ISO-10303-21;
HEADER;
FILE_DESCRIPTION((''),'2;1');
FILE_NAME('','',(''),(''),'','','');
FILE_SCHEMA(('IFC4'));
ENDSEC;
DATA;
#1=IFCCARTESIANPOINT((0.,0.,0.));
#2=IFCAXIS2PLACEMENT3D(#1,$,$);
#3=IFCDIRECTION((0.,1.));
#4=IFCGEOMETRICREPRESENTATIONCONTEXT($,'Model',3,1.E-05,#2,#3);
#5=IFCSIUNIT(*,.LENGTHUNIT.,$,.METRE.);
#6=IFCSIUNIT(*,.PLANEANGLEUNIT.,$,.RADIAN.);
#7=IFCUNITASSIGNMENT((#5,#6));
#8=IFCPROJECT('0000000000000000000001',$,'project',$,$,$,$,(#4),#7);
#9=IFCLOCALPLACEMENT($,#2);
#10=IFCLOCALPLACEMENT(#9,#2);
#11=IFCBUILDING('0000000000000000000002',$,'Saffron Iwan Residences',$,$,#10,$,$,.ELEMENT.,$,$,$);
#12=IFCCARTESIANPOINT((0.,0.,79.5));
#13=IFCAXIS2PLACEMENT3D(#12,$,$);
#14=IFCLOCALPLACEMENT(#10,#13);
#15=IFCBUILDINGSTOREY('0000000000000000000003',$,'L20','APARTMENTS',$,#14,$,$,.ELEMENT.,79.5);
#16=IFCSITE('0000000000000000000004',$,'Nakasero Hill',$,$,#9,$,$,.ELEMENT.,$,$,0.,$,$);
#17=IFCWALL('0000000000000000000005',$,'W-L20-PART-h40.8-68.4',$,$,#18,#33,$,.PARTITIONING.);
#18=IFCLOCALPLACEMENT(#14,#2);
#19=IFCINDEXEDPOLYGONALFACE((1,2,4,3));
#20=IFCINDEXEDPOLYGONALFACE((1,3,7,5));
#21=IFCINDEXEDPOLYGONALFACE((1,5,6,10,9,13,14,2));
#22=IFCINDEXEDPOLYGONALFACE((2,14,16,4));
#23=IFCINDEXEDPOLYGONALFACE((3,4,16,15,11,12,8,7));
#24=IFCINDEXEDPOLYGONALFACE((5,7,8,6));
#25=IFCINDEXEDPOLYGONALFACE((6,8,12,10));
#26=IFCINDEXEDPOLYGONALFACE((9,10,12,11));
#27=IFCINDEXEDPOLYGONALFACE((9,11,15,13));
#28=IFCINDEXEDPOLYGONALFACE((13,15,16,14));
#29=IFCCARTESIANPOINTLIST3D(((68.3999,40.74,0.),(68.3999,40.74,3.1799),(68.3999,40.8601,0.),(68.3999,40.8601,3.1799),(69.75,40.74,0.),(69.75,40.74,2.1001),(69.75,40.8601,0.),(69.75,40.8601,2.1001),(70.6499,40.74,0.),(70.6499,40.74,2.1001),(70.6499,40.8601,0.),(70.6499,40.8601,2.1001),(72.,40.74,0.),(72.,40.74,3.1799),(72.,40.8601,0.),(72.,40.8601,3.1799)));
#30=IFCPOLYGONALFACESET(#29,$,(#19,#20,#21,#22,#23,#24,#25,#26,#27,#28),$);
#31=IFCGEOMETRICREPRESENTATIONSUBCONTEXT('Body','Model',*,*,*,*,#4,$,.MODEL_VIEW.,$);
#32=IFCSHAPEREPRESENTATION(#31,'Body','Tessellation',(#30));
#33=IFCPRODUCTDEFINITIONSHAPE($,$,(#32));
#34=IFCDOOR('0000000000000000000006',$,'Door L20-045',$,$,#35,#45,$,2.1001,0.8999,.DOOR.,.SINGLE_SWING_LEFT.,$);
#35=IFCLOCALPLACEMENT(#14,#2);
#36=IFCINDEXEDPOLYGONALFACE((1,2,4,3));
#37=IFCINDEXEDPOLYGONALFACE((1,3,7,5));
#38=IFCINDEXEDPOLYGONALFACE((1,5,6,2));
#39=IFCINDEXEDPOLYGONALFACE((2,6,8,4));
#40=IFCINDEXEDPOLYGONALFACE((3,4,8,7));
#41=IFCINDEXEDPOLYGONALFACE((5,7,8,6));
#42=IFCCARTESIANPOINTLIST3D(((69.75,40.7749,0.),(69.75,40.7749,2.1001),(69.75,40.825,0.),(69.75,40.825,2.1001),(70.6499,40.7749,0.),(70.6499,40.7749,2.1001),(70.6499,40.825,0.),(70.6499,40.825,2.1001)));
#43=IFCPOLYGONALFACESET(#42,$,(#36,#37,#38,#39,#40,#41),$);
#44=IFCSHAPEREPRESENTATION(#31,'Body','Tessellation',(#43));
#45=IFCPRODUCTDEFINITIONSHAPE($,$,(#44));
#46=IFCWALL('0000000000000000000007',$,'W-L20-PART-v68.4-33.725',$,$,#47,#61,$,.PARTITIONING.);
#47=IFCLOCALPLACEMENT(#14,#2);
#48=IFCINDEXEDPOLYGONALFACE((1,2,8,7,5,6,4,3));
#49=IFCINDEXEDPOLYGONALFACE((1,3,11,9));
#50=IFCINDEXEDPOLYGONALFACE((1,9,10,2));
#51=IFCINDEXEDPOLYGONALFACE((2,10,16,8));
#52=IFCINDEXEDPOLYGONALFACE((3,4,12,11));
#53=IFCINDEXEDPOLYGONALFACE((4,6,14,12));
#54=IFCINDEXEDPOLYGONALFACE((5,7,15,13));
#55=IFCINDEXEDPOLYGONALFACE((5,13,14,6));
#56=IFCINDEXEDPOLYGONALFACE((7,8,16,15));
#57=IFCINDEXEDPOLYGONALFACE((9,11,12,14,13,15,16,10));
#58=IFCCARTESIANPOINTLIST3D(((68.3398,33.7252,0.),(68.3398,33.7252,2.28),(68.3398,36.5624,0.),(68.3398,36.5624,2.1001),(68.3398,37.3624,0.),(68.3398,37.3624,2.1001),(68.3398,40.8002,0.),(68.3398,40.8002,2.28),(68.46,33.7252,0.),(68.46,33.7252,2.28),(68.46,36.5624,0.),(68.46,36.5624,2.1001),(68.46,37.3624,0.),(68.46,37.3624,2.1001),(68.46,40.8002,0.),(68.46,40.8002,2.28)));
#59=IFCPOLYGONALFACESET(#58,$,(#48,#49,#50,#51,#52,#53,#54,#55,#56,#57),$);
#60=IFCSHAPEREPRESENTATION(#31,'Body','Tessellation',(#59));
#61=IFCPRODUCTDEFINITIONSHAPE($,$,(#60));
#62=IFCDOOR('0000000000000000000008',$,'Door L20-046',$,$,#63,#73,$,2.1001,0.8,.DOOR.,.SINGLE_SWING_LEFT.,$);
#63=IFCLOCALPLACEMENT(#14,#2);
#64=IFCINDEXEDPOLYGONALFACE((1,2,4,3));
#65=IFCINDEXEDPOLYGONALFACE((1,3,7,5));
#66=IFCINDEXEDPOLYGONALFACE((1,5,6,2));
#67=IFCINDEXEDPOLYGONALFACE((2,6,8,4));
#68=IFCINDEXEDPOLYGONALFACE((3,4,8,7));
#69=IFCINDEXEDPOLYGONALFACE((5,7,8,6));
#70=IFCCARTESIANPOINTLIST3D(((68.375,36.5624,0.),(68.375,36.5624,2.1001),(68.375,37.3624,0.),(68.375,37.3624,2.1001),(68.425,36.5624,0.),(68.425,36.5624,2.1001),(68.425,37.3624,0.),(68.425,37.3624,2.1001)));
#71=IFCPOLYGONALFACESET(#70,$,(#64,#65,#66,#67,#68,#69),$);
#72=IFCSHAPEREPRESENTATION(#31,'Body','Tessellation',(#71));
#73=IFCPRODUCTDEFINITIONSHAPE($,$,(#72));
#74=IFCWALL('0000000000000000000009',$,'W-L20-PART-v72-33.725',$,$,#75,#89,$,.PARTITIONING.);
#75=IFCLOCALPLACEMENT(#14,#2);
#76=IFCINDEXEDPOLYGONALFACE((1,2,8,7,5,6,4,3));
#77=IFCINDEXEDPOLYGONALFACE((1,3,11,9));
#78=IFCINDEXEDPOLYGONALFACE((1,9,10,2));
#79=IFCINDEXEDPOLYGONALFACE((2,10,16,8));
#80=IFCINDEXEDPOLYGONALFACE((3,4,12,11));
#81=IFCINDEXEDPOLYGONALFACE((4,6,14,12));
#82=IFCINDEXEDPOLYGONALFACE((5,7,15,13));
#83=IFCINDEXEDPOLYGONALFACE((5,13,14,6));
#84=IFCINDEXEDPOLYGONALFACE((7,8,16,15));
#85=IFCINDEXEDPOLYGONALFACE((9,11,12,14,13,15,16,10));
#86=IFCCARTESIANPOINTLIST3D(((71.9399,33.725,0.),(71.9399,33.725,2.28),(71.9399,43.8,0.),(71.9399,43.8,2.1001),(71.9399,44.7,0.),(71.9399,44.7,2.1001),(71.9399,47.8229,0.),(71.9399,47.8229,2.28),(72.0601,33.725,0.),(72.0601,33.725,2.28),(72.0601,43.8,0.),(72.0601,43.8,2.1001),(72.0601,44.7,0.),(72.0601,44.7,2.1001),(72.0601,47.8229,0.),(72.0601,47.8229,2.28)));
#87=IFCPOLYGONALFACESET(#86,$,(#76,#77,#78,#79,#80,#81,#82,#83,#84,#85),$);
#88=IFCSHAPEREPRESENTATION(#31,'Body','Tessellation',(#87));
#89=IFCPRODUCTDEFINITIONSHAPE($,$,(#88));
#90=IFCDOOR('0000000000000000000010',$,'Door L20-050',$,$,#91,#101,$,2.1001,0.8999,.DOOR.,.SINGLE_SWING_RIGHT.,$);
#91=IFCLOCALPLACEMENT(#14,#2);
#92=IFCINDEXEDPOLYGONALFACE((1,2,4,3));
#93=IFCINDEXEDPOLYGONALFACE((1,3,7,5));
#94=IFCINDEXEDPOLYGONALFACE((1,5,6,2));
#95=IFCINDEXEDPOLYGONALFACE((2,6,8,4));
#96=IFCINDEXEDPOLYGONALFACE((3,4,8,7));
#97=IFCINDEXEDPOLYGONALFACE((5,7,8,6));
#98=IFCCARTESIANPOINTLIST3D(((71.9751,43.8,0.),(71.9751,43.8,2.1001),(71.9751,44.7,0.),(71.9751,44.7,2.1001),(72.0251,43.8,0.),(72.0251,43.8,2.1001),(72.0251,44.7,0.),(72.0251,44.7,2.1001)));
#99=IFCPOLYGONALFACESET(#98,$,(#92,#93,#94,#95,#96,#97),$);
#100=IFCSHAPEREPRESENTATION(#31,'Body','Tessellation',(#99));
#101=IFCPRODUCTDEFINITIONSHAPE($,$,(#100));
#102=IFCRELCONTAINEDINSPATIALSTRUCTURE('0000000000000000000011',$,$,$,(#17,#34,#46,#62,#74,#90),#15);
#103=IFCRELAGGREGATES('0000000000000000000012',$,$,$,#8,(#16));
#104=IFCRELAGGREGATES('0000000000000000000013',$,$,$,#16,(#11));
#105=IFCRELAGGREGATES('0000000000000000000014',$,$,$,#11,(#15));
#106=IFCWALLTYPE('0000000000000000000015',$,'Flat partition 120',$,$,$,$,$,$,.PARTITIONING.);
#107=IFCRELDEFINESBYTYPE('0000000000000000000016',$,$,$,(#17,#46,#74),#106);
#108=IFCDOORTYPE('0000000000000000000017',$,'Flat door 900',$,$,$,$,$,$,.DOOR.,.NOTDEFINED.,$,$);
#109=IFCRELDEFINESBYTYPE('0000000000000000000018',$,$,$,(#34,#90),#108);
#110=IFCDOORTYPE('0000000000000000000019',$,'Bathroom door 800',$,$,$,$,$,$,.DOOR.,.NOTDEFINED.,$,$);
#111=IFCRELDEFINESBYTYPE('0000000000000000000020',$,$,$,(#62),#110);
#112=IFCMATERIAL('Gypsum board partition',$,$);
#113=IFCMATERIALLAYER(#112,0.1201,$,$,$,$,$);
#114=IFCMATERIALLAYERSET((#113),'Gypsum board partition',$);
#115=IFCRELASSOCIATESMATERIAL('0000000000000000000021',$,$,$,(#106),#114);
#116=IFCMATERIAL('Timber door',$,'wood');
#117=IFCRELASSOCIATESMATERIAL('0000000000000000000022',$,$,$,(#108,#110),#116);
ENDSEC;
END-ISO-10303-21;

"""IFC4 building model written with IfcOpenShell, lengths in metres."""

from ifc_helpers import new_model, si_unit, direction, frame, frame_2d, origin, place, context, subcontext, project, spatial, rectangle, extrude, material, layer, layer_set, type_object, element, fill, save


model = new_model("IFC4")

# Units and contexts
model_context = context("Model", 3, precision=1e-05, world=origin(), true_north=direction((0.0, 1.0)))
body_context = subcontext(model_context, "Body", "Model", "MODEL_VIEW")
ifc_project = project(units=[si_unit("LENGTHUNIT", "METRE"), si_unit("PLANEANGLEUNIT", "RADIAN")], contexts=[model_context])

# Site, building, storey
site_placement = place(None, origin())
site = spatial("IfcSite", under=ifc_project, at=site_placement, Name="Nakasero Hill", CompositionType="ELEMENT", RefElevation=0.0)
building_placement = place(site_placement, origin())
building = spatial("IfcBuilding", under=site, at=building_placement, Name="Saffron Iwan Residences", CompositionType="ELEMENT")
storey_placement = place(building_placement, frame((0.0, 0.0, 79.5)))
storey = spatial("IfcBuildingStorey", under=building, at=storey_placement, Name="L20", Description="APARTMENTS", CompositionType="ELEMENT", Elevation=79.5)

# Walls, openings, doors
ifc_material_1 = material(Name="Gypsum board partition")
ifc_layer_1 = layer(ifc_material_1, 0.1201)
ifc_layer_set_1 = layer_set([ifc_layer_1], Name="Gypsum board partition")
wall_type_1 = type_object("IfcWallType", Name="Flat partition 120", PredefinedType="PARTITIONING", material=ifc_layer_set_1)
wall_1_placement = place(storey_placement, frame((68.3999, 40.8, 0.0), z_axis=(0.0, 0.0, 1.0), x_axis=(1.0, 0.0, 0.0)))
wall_1 = element("IfcWall", 1, at=wall_1_placement, inside=storey, type_object=wall_type_1, Name="W-L20-PART-h40.8-68.4", PredefinedType="PARTITIONING", context=body_context, shape_type="SweptSolid", body=[
    extrude(rectangle(XDim=3.6001, YDim=0.1201, at=frame_2d((1.8, 0.0))), origin(), (0.0, 0.0, 1.0), 3.1799),
])
opening_1_placement = place(wall_1_placement, frame((1.3501, 0.0, 0.0)))
opening_1 = element("IfcOpeningElement", 2, at=opening_1_placement, cuts=wall_1, PredefinedType="OPENING", context=body_context, shape_type="SweptSolid", body=[
    extrude(rectangle(XDim=0.8999, YDim=2.1001, at=frame_2d((0.45, 1.05))), frame((0.0, 0.0701, 0.0), z_axis=(0.0, -1.0, 0.0), x_axis=(1.0, 0.0, 0.0)), (0.0, 0.0, 1.0), 0.1401),
])
ifc_material_2 = material(Name="Timber door", Category="wood")
door_type_1 = type_object("IfcDoorType", Name="Flat door 900", OperationType="NOTDEFINED", PredefinedType="DOOR", material=ifc_material_2)
door_1_placement = place(opening_1_placement, origin())
door_1 = element("IfcDoor", 3, at=door_1_placement, inside=storey, type_object=door_type_1, Name="Door L20-045", OperationType="SINGLE_SWING_LEFT", OverallHeight=2.1001, OverallWidth=0.8999, PredefinedType="DOOR", context=body_context, shape_type="SweptSolid", body=[
    extrude(rectangle(XDim=0.8999, YDim=2.1001, at=frame_2d((0.45, 1.05))), frame((0.0, 0.0249, 0.0), z_axis=(0.0, -1.0, 0.0), x_axis=(1.0, 0.0, 0.0)), (0.0, 0.0, 1.0), 0.05),
])
fill(opening_1, door_1)
wall_2_placement = place(storey_placement, frame((68.3999, 33.7251, 0.0), z_axis=(0.0, 0.0, 1.0), x_axis=(0.0, 1.0, 0.0)))
wall_2 = element("IfcWall", 4, at=wall_2_placement, inside=storey, type_object=wall_type_1, Name="W-L20-PART-v68.4-33.725", PredefinedType="PARTITIONING", context=body_context, shape_type="SweptSolid", body=[
    extrude(rectangle(XDim=7.075, YDim=0.1201, at=frame_2d((3.5376, 0.0))), origin(), (0.0, 0.0, 1.0), 2.28),
])
opening_2_placement = place(wall_2_placement, frame((2.8374, 0.0, 0.0)))
opening_2 = element("IfcOpeningElement", 5, at=opening_2_placement, cuts=wall_2, PredefinedType="OPENING", context=body_context, shape_type="SweptSolid", body=[
    extrude(rectangle(XDim=0.8, YDim=2.1001, at=frame_2d((0.3999, 1.05))), frame((0.0, 0.0701, 0.0), z_axis=(0.0, -1.0, 0.0), x_axis=(1.0, 0.0, 0.0)), (0.0, 0.0, 1.0), 0.1401),
])
door_type_2 = type_object("IfcDoorType", Name="Bathroom door 800", OperationType="NOTDEFINED", PredefinedType="DOOR", material=ifc_material_2)
door_2_placement = place(opening_2_placement, origin())
door_2 = element("IfcDoor", 6, at=door_2_placement, inside=storey, type_object=door_type_2, Name="Door L20-046", OperationType="SINGLE_SWING_LEFT", OverallHeight=2.1001, OverallWidth=0.8, PredefinedType="DOOR", context=body_context, shape_type="SweptSolid", body=[
    extrude(rectangle(XDim=0.8, YDim=2.1001, at=frame_2d((0.3999, 1.05))), frame((0.0, 0.0249, 0.0), z_axis=(0.0, -1.0, 0.0), x_axis=(1.0, 0.0, 0.0)), (0.0, 0.0, 1.0), 0.05),
])
fill(opening_2, door_2)
wall_3_placement = place(storey_placement, frame((72.0, 33.7251, 0.0), z_axis=(0.0, 0.0, 1.0), x_axis=(0.0, 1.0, 0.0)))
wall_3 = element("IfcWall", 7, at=wall_3_placement, inside=storey, type_object=wall_type_1, Name="W-L20-PART-v72-33.725", PredefinedType="PARTITIONING", context=body_context, shape_type="SweptSolid", body=[
    extrude(rectangle(XDim=14.0979, YDim=0.1201, at=frame_2d((7.0488, 0.0))), origin(), (0.0, 0.0, 1.0), 2.28),
])
opening_3_placement = place(wall_3_placement, frame((10.075, 0.0, 0.0)))
opening_3 = element("IfcOpeningElement", 8, at=opening_3_placement, cuts=wall_3, PredefinedType="OPENING", context=body_context, shape_type="SweptSolid", body=[
    extrude(rectangle(XDim=0.8999, YDim=2.1001, at=frame_2d((0.45, 1.05))), frame((0.0, 0.0701, 0.0), z_axis=(0.0, -1.0, 0.0), x_axis=(1.0, 0.0, 0.0)), (0.0, 0.0, 1.0), 0.1401),
])
door_3_placement = place(opening_3_placement, origin())
door_3 = element("IfcDoor", 9, at=door_3_placement, inside=storey, type_object=door_type_1, Name="Door L20-050", OperationType="SINGLE_SWING_RIGHT", OverallHeight=2.1001, OverallWidth=0.8999, PredefinedType="DOOR", context=body_context, shape_type="SweptSolid", body=[
    extrude(rectangle(XDim=0.8999, YDim=2.1001, at=frame_2d((0.45, 1.05))), frame((0.0, 0.0249, 0.0), z_axis=(0.0, -1.0, 0.0), x_axis=(1.0, 0.0, 0.0)), (0.0, 0.0, 1.0), 0.05),
])
fill(opening_3, door_3)

save(model, "model.ifc")
